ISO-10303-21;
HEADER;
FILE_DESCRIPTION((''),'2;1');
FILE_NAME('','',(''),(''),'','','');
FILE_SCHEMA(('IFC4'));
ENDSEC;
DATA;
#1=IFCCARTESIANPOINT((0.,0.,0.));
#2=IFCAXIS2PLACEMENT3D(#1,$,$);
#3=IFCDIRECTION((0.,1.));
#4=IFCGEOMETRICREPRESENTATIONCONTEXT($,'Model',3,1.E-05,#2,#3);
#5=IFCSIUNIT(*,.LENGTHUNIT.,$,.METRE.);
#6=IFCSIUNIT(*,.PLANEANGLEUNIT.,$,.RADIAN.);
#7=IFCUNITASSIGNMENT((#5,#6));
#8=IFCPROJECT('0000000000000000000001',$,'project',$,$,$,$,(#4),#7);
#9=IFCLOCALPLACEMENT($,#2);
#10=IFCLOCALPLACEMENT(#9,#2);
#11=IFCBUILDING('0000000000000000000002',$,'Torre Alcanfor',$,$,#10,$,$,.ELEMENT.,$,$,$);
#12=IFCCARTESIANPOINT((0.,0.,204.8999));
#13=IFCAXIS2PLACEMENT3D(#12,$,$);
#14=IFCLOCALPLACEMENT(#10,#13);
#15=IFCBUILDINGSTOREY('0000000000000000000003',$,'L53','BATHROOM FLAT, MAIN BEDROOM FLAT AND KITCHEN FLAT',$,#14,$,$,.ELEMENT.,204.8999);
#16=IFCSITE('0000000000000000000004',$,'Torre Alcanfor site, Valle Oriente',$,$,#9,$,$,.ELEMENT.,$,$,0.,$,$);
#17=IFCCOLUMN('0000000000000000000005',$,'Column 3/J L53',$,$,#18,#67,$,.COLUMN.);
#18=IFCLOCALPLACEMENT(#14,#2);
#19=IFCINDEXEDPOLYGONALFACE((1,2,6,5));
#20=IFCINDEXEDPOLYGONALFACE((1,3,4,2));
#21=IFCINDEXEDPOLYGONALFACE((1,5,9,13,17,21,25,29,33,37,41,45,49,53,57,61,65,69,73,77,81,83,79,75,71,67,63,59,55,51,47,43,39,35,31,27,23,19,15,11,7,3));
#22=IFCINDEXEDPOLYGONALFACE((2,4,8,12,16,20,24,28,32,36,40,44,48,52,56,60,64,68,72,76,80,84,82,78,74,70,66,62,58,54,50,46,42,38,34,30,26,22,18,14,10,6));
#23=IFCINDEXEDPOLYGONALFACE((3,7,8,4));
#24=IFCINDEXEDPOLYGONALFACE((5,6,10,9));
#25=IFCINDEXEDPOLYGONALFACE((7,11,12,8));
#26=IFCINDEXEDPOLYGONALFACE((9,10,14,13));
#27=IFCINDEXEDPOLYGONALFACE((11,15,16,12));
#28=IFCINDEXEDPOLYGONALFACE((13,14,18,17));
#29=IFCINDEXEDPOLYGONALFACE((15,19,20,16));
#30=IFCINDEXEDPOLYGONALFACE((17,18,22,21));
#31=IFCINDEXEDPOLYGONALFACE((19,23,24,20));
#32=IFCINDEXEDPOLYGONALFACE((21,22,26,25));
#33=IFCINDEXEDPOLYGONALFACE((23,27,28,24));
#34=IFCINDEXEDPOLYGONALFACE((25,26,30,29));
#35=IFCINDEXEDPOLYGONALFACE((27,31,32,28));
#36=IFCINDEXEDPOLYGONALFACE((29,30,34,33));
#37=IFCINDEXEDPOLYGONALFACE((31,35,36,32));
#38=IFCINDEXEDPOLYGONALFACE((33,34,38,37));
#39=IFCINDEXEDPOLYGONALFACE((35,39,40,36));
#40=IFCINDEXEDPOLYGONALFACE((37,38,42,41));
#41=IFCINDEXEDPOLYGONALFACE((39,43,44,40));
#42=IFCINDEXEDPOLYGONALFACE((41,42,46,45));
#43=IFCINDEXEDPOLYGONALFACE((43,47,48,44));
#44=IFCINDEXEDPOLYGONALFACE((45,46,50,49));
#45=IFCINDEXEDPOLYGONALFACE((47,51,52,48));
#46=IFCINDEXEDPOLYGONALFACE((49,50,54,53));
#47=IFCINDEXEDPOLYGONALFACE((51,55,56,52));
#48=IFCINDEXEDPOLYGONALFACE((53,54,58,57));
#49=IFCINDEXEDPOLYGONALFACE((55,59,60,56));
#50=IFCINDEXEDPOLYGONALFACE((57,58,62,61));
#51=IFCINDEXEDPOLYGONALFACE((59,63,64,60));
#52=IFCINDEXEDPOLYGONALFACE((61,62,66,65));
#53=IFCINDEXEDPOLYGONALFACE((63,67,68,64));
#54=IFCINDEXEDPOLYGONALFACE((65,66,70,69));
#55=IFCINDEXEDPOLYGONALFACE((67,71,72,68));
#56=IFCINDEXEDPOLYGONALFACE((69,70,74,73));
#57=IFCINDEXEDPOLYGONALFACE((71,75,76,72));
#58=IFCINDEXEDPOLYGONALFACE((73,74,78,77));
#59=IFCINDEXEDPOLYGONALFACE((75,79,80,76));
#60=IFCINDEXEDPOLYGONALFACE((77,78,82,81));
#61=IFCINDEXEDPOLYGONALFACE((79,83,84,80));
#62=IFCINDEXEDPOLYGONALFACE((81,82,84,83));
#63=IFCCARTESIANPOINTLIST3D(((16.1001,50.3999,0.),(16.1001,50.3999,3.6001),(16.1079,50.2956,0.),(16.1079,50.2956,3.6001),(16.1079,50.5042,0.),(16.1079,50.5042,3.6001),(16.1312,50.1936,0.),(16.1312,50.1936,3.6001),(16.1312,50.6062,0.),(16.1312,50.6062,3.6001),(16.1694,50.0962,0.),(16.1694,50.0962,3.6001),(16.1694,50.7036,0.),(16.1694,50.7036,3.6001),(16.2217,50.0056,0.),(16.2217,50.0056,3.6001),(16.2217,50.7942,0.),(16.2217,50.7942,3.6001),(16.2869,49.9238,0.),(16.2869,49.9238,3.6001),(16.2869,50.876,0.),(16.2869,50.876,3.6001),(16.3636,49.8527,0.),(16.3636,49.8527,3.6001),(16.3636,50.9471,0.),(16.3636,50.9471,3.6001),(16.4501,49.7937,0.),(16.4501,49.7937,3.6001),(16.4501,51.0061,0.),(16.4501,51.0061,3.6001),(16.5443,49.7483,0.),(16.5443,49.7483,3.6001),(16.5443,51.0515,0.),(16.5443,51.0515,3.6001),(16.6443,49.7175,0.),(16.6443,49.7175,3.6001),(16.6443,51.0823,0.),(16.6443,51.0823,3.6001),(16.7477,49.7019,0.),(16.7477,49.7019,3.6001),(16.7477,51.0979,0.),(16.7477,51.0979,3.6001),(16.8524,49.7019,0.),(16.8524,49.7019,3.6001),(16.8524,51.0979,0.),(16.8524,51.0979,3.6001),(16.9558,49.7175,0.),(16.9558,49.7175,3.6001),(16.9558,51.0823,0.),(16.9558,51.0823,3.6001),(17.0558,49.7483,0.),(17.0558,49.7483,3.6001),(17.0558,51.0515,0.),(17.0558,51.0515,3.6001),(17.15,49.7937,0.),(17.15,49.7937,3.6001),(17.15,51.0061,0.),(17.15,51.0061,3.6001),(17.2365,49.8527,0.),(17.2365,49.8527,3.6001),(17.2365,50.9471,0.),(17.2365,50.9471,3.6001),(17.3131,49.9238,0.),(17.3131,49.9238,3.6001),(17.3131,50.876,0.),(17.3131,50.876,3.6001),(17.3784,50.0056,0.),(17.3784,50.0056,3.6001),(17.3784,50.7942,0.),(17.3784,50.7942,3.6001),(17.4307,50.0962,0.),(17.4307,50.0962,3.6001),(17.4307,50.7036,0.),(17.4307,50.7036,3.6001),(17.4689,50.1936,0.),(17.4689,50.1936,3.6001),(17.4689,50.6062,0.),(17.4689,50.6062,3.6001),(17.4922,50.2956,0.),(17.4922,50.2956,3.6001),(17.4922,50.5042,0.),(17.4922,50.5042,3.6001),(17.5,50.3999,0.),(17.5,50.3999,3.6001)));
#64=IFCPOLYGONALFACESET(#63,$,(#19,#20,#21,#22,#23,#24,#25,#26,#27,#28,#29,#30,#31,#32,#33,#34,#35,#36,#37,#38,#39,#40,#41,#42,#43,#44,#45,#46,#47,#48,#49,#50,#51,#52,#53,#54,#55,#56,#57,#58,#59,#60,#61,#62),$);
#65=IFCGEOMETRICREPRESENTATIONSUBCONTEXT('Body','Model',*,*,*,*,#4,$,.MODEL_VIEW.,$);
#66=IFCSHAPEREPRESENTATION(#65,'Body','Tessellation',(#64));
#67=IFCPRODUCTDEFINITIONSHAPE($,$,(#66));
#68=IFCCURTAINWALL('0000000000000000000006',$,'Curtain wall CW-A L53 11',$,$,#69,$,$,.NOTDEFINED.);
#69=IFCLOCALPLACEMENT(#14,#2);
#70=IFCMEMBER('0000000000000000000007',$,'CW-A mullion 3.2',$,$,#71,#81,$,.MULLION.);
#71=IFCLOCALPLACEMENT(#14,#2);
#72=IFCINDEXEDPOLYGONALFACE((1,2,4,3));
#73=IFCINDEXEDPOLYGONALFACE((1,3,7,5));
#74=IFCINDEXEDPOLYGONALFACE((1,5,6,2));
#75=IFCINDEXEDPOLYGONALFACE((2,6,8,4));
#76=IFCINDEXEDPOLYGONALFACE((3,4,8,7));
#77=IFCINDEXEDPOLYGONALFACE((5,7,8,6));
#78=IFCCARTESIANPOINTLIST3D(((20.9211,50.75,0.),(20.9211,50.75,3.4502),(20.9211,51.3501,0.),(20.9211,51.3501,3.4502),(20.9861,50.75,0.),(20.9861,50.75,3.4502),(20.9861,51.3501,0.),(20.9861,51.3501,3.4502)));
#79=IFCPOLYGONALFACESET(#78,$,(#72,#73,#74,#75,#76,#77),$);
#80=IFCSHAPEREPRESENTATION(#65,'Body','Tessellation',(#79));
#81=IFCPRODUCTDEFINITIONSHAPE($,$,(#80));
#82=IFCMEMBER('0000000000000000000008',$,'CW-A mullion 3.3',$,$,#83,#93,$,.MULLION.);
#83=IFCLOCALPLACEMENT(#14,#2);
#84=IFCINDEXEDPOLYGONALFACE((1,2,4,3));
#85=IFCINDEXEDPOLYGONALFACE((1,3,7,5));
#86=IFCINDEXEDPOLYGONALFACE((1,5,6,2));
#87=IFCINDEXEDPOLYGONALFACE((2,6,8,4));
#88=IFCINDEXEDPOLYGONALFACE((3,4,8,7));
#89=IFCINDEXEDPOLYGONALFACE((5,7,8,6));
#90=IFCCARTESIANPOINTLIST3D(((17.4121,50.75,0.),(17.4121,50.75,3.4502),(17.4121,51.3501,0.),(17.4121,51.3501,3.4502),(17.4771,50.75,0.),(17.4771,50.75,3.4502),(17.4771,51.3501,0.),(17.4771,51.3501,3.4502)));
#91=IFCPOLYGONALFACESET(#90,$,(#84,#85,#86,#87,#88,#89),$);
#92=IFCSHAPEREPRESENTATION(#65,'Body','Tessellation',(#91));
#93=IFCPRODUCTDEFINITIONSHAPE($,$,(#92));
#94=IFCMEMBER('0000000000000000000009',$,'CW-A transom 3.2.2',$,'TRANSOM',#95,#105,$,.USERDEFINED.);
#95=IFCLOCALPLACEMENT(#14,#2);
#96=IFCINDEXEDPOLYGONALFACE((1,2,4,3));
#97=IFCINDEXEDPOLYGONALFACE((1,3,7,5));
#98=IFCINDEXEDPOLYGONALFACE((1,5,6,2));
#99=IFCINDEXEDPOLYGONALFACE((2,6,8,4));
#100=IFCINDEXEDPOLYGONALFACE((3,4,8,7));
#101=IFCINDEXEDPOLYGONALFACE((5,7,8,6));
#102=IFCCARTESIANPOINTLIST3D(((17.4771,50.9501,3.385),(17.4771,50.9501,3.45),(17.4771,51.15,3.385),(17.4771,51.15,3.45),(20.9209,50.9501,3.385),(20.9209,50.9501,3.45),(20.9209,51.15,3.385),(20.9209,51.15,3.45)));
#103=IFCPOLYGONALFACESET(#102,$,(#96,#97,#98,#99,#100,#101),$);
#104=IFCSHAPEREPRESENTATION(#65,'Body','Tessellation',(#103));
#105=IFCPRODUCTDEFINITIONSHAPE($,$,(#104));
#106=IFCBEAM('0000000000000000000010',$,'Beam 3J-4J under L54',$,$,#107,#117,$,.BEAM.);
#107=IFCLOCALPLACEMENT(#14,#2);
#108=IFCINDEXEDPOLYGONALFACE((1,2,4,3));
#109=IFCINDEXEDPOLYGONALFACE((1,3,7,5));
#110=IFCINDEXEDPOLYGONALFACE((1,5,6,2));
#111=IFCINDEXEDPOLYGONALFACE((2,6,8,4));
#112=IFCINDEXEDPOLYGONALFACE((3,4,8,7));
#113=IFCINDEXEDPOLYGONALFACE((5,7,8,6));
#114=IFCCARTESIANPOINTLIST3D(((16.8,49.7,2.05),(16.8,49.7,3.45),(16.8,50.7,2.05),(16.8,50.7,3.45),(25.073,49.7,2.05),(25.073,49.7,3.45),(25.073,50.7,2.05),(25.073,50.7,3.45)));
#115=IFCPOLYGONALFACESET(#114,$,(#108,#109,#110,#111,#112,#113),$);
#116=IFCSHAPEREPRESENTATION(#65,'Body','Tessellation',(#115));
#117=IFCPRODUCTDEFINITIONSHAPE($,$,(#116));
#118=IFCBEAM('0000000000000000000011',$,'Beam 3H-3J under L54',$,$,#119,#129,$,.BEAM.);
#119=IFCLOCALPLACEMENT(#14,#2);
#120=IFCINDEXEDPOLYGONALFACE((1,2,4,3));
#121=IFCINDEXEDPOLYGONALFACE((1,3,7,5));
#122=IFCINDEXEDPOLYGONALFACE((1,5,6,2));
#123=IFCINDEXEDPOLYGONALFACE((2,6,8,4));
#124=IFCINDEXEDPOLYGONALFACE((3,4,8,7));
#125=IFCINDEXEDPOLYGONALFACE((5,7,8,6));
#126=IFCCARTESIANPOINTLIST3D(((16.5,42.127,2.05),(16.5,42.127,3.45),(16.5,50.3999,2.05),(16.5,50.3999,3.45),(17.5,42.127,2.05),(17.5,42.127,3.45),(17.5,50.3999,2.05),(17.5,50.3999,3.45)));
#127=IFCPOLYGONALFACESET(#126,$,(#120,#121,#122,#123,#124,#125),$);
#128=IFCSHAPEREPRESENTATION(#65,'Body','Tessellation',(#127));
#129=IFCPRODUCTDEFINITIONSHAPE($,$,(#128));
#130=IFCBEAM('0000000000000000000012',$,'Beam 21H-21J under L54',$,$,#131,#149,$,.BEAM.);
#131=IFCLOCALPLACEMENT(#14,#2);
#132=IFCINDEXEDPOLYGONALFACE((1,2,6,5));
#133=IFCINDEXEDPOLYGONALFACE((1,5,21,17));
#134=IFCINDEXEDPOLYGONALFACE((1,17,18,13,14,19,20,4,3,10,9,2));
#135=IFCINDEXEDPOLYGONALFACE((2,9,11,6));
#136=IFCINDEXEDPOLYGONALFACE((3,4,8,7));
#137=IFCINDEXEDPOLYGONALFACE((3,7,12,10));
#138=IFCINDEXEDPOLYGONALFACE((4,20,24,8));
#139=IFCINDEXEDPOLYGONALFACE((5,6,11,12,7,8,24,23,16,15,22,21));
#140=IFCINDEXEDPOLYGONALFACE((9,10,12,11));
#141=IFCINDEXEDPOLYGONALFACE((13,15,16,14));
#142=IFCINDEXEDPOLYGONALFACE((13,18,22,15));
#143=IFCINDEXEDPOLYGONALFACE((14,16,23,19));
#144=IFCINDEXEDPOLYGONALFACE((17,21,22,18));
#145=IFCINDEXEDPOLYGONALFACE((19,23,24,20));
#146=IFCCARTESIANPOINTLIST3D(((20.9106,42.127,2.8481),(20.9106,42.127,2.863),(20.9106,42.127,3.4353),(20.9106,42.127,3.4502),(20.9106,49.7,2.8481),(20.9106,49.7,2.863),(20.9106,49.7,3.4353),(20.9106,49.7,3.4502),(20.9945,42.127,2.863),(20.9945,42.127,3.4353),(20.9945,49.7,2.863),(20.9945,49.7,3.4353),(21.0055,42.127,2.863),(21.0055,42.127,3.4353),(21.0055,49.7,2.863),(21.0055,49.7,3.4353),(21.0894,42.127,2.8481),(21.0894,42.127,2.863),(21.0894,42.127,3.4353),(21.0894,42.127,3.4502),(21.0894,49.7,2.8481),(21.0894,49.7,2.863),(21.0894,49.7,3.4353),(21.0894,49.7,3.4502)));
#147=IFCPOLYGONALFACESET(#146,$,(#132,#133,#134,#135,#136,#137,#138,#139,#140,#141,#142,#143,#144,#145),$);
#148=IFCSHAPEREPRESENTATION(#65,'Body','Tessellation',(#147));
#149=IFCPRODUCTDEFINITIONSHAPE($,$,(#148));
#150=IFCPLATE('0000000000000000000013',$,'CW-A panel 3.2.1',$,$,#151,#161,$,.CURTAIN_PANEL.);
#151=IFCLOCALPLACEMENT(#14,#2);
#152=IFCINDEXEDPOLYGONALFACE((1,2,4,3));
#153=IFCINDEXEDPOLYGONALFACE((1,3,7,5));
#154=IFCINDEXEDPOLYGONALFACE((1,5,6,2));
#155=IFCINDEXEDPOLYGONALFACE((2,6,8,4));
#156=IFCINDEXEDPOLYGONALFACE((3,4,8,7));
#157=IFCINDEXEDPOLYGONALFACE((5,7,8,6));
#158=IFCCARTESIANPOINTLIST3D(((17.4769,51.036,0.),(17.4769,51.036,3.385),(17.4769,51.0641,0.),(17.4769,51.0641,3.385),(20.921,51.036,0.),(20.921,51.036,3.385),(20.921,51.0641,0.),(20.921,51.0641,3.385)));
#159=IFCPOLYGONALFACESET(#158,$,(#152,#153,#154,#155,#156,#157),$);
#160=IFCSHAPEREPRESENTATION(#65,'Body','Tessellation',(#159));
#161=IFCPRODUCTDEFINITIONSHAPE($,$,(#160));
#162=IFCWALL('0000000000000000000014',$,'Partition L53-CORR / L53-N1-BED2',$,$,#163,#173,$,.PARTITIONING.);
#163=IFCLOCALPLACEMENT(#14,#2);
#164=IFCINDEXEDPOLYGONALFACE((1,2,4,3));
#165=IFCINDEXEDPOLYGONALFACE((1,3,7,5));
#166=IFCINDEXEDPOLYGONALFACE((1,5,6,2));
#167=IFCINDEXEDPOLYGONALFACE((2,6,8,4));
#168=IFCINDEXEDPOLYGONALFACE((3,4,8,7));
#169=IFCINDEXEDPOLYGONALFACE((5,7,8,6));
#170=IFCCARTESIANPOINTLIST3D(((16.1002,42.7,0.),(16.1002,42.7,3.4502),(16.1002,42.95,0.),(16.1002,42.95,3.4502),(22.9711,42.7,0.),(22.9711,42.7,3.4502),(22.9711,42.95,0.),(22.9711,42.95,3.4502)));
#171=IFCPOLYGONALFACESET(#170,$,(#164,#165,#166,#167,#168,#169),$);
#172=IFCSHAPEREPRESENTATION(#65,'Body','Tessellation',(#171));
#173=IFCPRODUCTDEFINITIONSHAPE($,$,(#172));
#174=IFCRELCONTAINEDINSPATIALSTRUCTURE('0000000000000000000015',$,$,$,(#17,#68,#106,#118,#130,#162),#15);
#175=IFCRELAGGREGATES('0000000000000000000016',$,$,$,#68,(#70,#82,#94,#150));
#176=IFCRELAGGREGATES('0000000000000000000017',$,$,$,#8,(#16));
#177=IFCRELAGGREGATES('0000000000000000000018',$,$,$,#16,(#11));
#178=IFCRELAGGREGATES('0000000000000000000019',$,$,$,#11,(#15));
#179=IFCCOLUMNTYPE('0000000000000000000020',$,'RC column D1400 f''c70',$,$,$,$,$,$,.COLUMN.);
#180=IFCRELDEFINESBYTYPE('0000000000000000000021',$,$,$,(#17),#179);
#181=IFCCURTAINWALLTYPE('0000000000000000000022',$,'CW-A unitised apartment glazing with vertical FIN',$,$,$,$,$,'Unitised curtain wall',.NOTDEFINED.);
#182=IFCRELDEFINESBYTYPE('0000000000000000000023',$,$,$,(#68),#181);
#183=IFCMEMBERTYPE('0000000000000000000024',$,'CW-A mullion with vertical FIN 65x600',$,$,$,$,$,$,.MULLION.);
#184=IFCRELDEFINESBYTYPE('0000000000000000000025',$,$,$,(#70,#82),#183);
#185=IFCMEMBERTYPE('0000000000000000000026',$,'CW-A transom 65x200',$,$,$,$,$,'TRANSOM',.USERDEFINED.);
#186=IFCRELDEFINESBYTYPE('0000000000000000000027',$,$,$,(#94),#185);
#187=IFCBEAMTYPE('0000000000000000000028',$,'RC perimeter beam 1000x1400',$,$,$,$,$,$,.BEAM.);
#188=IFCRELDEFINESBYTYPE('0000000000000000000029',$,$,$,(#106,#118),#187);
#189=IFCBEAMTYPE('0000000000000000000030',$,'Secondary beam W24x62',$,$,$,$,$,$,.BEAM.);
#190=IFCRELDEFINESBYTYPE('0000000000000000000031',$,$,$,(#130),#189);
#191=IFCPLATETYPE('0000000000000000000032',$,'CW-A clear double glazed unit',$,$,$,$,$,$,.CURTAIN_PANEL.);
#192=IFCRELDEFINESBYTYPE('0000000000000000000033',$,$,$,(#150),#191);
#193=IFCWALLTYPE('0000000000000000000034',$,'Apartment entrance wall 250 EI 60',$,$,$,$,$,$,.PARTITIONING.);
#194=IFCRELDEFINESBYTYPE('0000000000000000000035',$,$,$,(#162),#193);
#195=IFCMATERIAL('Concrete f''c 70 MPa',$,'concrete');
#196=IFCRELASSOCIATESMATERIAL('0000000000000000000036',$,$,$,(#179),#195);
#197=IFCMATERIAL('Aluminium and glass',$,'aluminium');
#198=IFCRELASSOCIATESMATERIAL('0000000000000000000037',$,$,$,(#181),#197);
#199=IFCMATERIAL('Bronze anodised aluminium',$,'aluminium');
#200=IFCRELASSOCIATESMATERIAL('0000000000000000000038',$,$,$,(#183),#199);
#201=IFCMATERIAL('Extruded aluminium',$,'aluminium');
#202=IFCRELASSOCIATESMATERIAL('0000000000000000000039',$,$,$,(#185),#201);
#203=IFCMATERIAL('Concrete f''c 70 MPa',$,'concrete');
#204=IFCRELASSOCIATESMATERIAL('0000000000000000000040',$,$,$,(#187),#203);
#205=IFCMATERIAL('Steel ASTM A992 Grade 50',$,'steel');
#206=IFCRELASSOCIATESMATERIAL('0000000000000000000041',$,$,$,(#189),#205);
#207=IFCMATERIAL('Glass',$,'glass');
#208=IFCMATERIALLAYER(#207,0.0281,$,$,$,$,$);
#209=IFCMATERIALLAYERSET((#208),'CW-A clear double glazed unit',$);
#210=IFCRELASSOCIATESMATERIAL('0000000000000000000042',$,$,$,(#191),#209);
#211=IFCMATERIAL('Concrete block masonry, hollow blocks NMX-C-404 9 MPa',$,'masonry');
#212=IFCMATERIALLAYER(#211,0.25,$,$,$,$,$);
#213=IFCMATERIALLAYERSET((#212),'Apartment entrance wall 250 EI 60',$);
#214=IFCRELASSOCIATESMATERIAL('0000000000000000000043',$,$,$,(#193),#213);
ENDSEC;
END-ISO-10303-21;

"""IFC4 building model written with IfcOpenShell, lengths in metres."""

from ifc_helpers import new_model, si_unit, direction, frame, frame_2d, origin, origin_2d, place, context, subcontext, project, spatial, rectangle, circle, i_section, extrude, material, layer, layer_set, material_profile, profile_set, type_object, element, aggregate, save


model = new_model("IFC4")

# Units and contexts
model_context = context("Model", 3, precision=1e-05, world=origin(), true_north=direction((0.0, 1.0)))
body_context = subcontext(model_context, "Body", "Model", "MODEL_VIEW")
ifc_project = project(units=[si_unit("LENGTHUNIT", "METRE"), si_unit("PLANEANGLEUNIT", "RADIAN")], contexts=[model_context])

# Site, building, storey
site_placement = place(None, origin())
site = spatial("IfcSite", under=ifc_project, at=site_placement, Name="Torre Alcanfor site, Valle Oriente", CompositionType="ELEMENT", RefElevation=0.0)
building_placement = place(site_placement, origin())
building = spatial("IfcBuilding", under=site, at=building_placement, Name="Torre Alcanfor", CompositionType="ELEMENT")
storey_placement = place(building_placement, frame((0.0, 0.0, 204.8999)))
storey = spatial("IfcBuildingStorey", under=building, at=storey_placement, Name="L53", Description="BATHROOM FLAT, MAIN BEDROOM FLAT AND KITCHEN FLAT", CompositionType="ELEMENT", Elevation=204.8999)

# Column
ifc_material_1 = material(Name="Concrete f'c 70 MPa", Category="concrete")
ifc_material_profile_1 = material_profile(ifc_material_1, circle(Radius=0.7, at=origin_2d()), Name="D1400")
ifc_profile_set_1 = profile_set([ifc_material_profile_1], Name="Concrete f'c 70 MPa")
column_type = type_object("IfcColumnType", Name="RC column D1400 f'c70", PredefinedType="COLUMN", material=ifc_profile_set_1)
column_placement = place(storey_placement, frame((16.8, 50.3999, 0.0), z_axis=(0.0, 0.0, 1.0), x_axis=(1.0, 0.0, 0.0)))
element("IfcColumn", 1, at=column_placement, inside=storey, type_object=column_type, Name="Column 3/J L53", PredefinedType="COLUMN", context=body_context, shape_type="SweptSolid", body=[
    extrude(circle(Radius=0.7, at=origin_2d()), origin(), (0.0, 0.0, 1.0), 3.6001),
])

# Curtain wall, members
ifc_material_2 = material(Name="Aluminium and glass", Category="aluminium")
curtain_wall_type = type_object("IfcCurtainWallType", Name="CW-A unitised apartment glazing with vertical FIN", ElementType="Unitised curtain wall", PredefinedType="NOTDEFINED", material=ifc_material_2)
curtain_wall_placement = place(storey_placement, origin())
curtain_wall = element("IfcCurtainWall", 2, at=curtain_wall_placement, inside=storey, type_object=curtain_wall_type, Name="Curtain wall CW-A L53 11", PredefinedType="NOTDEFINED")
ifc_material_3 = material(Name="Bronze anodised aluminium", Category="aluminium")
ifc_material_profile_2 = material_profile(ifc_material_3, rectangle(XDim=0.6001, YDim=0.0649, at=origin_2d()), Name="CW-A mullion 65x600")
ifc_profile_set_2 = profile_set([ifc_material_profile_2], Name="Bronze anodised aluminium")
member_type_1 = type_object("IfcMemberType", Name="CW-A mullion with vertical FIN 65x600", PredefinedType="MULLION", material=ifc_profile_set_2)
member_1_placement = place(storey_placement, frame((20.9536, 51.05, 0.0), z_axis=(0.0, 0.0, 1.0), x_axis=(0.0, -1.0, 0.0)))
member_1 = element("IfcMember", 3, at=member_1_placement, type_object=member_type_1, Name="CW-A mullion 3.2", PredefinedType="MULLION", context=body_context, shape_type="SweptSolid", body=[
    extrude(rectangle(XDim=0.6001, YDim=0.0649, at=origin_2d()), origin(), (0.0, 0.0, 1.0), 3.4502),
])
member_2_placement = place(storey_placement, frame((17.4446, 51.05, 0.0), z_axis=(0.0, 0.0, 1.0), x_axis=(0.0, -1.0, 0.0)))
member_2 = element("IfcMember", 4, at=member_2_placement, type_object=member_type_1, Name="CW-A mullion 3.3", PredefinedType="MULLION", context=body_context, shape_type="SweptSolid", body=[
    extrude(rectangle(XDim=0.6001, YDim=0.0649, at=origin_2d()), origin(), (0.0, 0.0, 1.0), 3.4502),
])
ifc_material_4 = material(Name="Extruded aluminium", Category="aluminium")
ifc_material_profile_3 = material_profile(ifc_material_4, rectangle(XDim=0.2, YDim=0.0649, at=origin_2d()), Name="CW-A transom 200x65")
ifc_profile_set_3 = profile_set([ifc_material_profile_3], Name="Extruded aluminium")
member_type_2 = type_object("IfcMemberType", Name="CW-A transom 65x200", ElementType="TRANSOM", PredefinedType="USERDEFINED", material=ifc_profile_set_3)
member_3_placement = place(storey_placement, frame((20.9209, 51.05, 3.4175), z_axis=(-1.0, 0.0, 0.0), x_axis=(0.0, -1.0, 0.0)))
member_3 = element("IfcMember", 5, at=member_3_placement, type_object=member_type_2, Name="CW-A transom 3.2.2", ObjectType="TRANSOM", PredefinedType="USERDEFINED", context=body_context, shape_type="SweptSolid", body=[
    extrude(rectangle(XDim=0.2, YDim=0.0649, at=origin_2d()), origin(), (0.0, 0.0, 1.0), 3.4438),
])

# Beams
ifc_material_5 = material(Name="Concrete f'c 70 MPa", Category="concrete")
ifc_material_profile_4 = material_profile(ifc_material_5, rectangle(XDim=1.0, YDim=1.3999, at=origin_2d()), Name="1000x1400")
ifc_profile_set_4 = profile_set([ifc_material_profile_4], Name="Concrete f'c 70 MPa")
beam_type_1 = type_object("IfcBeamType", Name="RC perimeter beam 1000x1400", PredefinedType="BEAM", material=ifc_profile_set_4)
for number, where, z_axis, x_axis, name in (
    (6, (16.8, 50.2, 2.75), (1.0, 0.0, 0.0), (0.0, 1.0, 0.0), "Beam 3J-4J under L54"),
    (7, (17.0, 42.127, 2.75), (0.0, 1.0, 0.0), (-1.0, 0.0, 0.0), "Beam 3H-3J under L54"),
):
    element("IfcBeam", number, at=place(storey_placement, frame(where, z_axis=z_axis, x_axis=x_axis)), inside=storey, type_object=beam_type_1, Name=name, PredefinedType="BEAM", context=body_context, shape_type="SweptSolid", body=[
        extrude(rectangle(XDim=1.0, YDim=1.3999, at=origin_2d()), origin(), (0.0, 0.0, 1.0), 8.2729),
    ])
ifc_material_6 = material(Name="Steel ASTM A992 Grade 50", Category="steel")
ifc_material_profile_5 = material_profile(ifc_material_6, i_section(OverallWidth=0.1787, OverallDepth=0.6021, WebThickness=0.011, FlangeThickness=0.0149, at=origin_2d()), Name="W24x62")
ifc_profile_set_5 = profile_set([ifc_material_profile_5], Name="Steel ASTM A992 Grade 50")
beam_type_2 = type_object("IfcBeamType", Name="Secondary beam W24x62", PredefinedType="BEAM", material=ifc_profile_set_5)
beam_placement = place(storey_placement, frame((21.0, 42.127, 3.1492), z_axis=(0.0, 1.0, 0.0), x_axis=(-1.0, 0.0, 0.0)))
element("IfcBeam", 8, at=beam_placement, inside=storey, type_object=beam_type_2, Name="Beam 21H-21J under L54", PredefinedType="BEAM", context=body_context, shape_type="SweptSolid", body=[
    extrude(i_section(OverallWidth=0.1787, OverallDepth=0.6021, WebThickness=0.011, FlangeThickness=0.0149, at=origin_2d()), origin(), (0.0, 0.0, 1.0), 7.573),
])

# Plate
ifc_material_7 = material(Name="Glass", Category="glass")
ifc_layer_1 = layer(ifc_material_7, 0.0281)
ifc_layer_set_1 = layer_set([ifc_layer_1], Name="CW-A clear double glazed unit")
plate_type = type_object("IfcPlateType", Name="CW-A clear double glazed unit", PredefinedType="CURTAIN_PANEL", material=ifc_layer_set_1)
plate_placement = place(storey_placement, frame((19.199, 51.05, 0.0), z_axis=(0.0, 0.0, 1.0), x_axis=(-1.0, 0.0, 0.0)))
plate = element("IfcPlate", 9, at=plate_placement, type_object=plate_type, Name="CW-A panel 3.2.1", PredefinedType="CURTAIN_PANEL", context=body_context, shape_type="SweptSolid", body=[
    extrude(rectangle(XDim=3.4441, YDim=0.0281, at=origin_2d()), origin(), (0.0, 0.0, 1.0), 3.385),
])
aggregate(curtain_wall, [member_1, member_2, member_3, plate])

# Wall
ifc_material_8 = material(Name="Concrete block masonry, hollow blocks NMX-C-404 9 MPa", Category="masonry")
ifc_layer_2 = layer(ifc_material_8, 0.25)
ifc_layer_set_2 = layer_set([ifc_layer_2], Name="Apartment entrance wall 250 EI 60")
wall_type_1 = type_object("IfcWallType", Name="Apartment entrance wall 250 EI 60", PredefinedType="PARTITIONING", material=ifc_layer_set_2)
wall_1_placement = place(storey_placement, frame((16.1001, 42.825, 0.0), z_axis=(0.0, 0.0, 1.0), x_axis=(1.0, 0.0, 0.0)))
element("IfcWall", 10, at=wall_1_placement, inside=storey, type_object=wall_type_1, Name="Partition L53-CORR / L53-N1-BED2", PredefinedType="PARTITIONING", context=body_context, shape_type="SweptSolid", body=[
    extrude(rectangle(XDim=6.8708, YDim=0.25, at=frame_2d((3.4355, 0.0))), origin(), (0.0, 0.0, 1.0), 3.4502),
])

save(model, "model.ifc")
